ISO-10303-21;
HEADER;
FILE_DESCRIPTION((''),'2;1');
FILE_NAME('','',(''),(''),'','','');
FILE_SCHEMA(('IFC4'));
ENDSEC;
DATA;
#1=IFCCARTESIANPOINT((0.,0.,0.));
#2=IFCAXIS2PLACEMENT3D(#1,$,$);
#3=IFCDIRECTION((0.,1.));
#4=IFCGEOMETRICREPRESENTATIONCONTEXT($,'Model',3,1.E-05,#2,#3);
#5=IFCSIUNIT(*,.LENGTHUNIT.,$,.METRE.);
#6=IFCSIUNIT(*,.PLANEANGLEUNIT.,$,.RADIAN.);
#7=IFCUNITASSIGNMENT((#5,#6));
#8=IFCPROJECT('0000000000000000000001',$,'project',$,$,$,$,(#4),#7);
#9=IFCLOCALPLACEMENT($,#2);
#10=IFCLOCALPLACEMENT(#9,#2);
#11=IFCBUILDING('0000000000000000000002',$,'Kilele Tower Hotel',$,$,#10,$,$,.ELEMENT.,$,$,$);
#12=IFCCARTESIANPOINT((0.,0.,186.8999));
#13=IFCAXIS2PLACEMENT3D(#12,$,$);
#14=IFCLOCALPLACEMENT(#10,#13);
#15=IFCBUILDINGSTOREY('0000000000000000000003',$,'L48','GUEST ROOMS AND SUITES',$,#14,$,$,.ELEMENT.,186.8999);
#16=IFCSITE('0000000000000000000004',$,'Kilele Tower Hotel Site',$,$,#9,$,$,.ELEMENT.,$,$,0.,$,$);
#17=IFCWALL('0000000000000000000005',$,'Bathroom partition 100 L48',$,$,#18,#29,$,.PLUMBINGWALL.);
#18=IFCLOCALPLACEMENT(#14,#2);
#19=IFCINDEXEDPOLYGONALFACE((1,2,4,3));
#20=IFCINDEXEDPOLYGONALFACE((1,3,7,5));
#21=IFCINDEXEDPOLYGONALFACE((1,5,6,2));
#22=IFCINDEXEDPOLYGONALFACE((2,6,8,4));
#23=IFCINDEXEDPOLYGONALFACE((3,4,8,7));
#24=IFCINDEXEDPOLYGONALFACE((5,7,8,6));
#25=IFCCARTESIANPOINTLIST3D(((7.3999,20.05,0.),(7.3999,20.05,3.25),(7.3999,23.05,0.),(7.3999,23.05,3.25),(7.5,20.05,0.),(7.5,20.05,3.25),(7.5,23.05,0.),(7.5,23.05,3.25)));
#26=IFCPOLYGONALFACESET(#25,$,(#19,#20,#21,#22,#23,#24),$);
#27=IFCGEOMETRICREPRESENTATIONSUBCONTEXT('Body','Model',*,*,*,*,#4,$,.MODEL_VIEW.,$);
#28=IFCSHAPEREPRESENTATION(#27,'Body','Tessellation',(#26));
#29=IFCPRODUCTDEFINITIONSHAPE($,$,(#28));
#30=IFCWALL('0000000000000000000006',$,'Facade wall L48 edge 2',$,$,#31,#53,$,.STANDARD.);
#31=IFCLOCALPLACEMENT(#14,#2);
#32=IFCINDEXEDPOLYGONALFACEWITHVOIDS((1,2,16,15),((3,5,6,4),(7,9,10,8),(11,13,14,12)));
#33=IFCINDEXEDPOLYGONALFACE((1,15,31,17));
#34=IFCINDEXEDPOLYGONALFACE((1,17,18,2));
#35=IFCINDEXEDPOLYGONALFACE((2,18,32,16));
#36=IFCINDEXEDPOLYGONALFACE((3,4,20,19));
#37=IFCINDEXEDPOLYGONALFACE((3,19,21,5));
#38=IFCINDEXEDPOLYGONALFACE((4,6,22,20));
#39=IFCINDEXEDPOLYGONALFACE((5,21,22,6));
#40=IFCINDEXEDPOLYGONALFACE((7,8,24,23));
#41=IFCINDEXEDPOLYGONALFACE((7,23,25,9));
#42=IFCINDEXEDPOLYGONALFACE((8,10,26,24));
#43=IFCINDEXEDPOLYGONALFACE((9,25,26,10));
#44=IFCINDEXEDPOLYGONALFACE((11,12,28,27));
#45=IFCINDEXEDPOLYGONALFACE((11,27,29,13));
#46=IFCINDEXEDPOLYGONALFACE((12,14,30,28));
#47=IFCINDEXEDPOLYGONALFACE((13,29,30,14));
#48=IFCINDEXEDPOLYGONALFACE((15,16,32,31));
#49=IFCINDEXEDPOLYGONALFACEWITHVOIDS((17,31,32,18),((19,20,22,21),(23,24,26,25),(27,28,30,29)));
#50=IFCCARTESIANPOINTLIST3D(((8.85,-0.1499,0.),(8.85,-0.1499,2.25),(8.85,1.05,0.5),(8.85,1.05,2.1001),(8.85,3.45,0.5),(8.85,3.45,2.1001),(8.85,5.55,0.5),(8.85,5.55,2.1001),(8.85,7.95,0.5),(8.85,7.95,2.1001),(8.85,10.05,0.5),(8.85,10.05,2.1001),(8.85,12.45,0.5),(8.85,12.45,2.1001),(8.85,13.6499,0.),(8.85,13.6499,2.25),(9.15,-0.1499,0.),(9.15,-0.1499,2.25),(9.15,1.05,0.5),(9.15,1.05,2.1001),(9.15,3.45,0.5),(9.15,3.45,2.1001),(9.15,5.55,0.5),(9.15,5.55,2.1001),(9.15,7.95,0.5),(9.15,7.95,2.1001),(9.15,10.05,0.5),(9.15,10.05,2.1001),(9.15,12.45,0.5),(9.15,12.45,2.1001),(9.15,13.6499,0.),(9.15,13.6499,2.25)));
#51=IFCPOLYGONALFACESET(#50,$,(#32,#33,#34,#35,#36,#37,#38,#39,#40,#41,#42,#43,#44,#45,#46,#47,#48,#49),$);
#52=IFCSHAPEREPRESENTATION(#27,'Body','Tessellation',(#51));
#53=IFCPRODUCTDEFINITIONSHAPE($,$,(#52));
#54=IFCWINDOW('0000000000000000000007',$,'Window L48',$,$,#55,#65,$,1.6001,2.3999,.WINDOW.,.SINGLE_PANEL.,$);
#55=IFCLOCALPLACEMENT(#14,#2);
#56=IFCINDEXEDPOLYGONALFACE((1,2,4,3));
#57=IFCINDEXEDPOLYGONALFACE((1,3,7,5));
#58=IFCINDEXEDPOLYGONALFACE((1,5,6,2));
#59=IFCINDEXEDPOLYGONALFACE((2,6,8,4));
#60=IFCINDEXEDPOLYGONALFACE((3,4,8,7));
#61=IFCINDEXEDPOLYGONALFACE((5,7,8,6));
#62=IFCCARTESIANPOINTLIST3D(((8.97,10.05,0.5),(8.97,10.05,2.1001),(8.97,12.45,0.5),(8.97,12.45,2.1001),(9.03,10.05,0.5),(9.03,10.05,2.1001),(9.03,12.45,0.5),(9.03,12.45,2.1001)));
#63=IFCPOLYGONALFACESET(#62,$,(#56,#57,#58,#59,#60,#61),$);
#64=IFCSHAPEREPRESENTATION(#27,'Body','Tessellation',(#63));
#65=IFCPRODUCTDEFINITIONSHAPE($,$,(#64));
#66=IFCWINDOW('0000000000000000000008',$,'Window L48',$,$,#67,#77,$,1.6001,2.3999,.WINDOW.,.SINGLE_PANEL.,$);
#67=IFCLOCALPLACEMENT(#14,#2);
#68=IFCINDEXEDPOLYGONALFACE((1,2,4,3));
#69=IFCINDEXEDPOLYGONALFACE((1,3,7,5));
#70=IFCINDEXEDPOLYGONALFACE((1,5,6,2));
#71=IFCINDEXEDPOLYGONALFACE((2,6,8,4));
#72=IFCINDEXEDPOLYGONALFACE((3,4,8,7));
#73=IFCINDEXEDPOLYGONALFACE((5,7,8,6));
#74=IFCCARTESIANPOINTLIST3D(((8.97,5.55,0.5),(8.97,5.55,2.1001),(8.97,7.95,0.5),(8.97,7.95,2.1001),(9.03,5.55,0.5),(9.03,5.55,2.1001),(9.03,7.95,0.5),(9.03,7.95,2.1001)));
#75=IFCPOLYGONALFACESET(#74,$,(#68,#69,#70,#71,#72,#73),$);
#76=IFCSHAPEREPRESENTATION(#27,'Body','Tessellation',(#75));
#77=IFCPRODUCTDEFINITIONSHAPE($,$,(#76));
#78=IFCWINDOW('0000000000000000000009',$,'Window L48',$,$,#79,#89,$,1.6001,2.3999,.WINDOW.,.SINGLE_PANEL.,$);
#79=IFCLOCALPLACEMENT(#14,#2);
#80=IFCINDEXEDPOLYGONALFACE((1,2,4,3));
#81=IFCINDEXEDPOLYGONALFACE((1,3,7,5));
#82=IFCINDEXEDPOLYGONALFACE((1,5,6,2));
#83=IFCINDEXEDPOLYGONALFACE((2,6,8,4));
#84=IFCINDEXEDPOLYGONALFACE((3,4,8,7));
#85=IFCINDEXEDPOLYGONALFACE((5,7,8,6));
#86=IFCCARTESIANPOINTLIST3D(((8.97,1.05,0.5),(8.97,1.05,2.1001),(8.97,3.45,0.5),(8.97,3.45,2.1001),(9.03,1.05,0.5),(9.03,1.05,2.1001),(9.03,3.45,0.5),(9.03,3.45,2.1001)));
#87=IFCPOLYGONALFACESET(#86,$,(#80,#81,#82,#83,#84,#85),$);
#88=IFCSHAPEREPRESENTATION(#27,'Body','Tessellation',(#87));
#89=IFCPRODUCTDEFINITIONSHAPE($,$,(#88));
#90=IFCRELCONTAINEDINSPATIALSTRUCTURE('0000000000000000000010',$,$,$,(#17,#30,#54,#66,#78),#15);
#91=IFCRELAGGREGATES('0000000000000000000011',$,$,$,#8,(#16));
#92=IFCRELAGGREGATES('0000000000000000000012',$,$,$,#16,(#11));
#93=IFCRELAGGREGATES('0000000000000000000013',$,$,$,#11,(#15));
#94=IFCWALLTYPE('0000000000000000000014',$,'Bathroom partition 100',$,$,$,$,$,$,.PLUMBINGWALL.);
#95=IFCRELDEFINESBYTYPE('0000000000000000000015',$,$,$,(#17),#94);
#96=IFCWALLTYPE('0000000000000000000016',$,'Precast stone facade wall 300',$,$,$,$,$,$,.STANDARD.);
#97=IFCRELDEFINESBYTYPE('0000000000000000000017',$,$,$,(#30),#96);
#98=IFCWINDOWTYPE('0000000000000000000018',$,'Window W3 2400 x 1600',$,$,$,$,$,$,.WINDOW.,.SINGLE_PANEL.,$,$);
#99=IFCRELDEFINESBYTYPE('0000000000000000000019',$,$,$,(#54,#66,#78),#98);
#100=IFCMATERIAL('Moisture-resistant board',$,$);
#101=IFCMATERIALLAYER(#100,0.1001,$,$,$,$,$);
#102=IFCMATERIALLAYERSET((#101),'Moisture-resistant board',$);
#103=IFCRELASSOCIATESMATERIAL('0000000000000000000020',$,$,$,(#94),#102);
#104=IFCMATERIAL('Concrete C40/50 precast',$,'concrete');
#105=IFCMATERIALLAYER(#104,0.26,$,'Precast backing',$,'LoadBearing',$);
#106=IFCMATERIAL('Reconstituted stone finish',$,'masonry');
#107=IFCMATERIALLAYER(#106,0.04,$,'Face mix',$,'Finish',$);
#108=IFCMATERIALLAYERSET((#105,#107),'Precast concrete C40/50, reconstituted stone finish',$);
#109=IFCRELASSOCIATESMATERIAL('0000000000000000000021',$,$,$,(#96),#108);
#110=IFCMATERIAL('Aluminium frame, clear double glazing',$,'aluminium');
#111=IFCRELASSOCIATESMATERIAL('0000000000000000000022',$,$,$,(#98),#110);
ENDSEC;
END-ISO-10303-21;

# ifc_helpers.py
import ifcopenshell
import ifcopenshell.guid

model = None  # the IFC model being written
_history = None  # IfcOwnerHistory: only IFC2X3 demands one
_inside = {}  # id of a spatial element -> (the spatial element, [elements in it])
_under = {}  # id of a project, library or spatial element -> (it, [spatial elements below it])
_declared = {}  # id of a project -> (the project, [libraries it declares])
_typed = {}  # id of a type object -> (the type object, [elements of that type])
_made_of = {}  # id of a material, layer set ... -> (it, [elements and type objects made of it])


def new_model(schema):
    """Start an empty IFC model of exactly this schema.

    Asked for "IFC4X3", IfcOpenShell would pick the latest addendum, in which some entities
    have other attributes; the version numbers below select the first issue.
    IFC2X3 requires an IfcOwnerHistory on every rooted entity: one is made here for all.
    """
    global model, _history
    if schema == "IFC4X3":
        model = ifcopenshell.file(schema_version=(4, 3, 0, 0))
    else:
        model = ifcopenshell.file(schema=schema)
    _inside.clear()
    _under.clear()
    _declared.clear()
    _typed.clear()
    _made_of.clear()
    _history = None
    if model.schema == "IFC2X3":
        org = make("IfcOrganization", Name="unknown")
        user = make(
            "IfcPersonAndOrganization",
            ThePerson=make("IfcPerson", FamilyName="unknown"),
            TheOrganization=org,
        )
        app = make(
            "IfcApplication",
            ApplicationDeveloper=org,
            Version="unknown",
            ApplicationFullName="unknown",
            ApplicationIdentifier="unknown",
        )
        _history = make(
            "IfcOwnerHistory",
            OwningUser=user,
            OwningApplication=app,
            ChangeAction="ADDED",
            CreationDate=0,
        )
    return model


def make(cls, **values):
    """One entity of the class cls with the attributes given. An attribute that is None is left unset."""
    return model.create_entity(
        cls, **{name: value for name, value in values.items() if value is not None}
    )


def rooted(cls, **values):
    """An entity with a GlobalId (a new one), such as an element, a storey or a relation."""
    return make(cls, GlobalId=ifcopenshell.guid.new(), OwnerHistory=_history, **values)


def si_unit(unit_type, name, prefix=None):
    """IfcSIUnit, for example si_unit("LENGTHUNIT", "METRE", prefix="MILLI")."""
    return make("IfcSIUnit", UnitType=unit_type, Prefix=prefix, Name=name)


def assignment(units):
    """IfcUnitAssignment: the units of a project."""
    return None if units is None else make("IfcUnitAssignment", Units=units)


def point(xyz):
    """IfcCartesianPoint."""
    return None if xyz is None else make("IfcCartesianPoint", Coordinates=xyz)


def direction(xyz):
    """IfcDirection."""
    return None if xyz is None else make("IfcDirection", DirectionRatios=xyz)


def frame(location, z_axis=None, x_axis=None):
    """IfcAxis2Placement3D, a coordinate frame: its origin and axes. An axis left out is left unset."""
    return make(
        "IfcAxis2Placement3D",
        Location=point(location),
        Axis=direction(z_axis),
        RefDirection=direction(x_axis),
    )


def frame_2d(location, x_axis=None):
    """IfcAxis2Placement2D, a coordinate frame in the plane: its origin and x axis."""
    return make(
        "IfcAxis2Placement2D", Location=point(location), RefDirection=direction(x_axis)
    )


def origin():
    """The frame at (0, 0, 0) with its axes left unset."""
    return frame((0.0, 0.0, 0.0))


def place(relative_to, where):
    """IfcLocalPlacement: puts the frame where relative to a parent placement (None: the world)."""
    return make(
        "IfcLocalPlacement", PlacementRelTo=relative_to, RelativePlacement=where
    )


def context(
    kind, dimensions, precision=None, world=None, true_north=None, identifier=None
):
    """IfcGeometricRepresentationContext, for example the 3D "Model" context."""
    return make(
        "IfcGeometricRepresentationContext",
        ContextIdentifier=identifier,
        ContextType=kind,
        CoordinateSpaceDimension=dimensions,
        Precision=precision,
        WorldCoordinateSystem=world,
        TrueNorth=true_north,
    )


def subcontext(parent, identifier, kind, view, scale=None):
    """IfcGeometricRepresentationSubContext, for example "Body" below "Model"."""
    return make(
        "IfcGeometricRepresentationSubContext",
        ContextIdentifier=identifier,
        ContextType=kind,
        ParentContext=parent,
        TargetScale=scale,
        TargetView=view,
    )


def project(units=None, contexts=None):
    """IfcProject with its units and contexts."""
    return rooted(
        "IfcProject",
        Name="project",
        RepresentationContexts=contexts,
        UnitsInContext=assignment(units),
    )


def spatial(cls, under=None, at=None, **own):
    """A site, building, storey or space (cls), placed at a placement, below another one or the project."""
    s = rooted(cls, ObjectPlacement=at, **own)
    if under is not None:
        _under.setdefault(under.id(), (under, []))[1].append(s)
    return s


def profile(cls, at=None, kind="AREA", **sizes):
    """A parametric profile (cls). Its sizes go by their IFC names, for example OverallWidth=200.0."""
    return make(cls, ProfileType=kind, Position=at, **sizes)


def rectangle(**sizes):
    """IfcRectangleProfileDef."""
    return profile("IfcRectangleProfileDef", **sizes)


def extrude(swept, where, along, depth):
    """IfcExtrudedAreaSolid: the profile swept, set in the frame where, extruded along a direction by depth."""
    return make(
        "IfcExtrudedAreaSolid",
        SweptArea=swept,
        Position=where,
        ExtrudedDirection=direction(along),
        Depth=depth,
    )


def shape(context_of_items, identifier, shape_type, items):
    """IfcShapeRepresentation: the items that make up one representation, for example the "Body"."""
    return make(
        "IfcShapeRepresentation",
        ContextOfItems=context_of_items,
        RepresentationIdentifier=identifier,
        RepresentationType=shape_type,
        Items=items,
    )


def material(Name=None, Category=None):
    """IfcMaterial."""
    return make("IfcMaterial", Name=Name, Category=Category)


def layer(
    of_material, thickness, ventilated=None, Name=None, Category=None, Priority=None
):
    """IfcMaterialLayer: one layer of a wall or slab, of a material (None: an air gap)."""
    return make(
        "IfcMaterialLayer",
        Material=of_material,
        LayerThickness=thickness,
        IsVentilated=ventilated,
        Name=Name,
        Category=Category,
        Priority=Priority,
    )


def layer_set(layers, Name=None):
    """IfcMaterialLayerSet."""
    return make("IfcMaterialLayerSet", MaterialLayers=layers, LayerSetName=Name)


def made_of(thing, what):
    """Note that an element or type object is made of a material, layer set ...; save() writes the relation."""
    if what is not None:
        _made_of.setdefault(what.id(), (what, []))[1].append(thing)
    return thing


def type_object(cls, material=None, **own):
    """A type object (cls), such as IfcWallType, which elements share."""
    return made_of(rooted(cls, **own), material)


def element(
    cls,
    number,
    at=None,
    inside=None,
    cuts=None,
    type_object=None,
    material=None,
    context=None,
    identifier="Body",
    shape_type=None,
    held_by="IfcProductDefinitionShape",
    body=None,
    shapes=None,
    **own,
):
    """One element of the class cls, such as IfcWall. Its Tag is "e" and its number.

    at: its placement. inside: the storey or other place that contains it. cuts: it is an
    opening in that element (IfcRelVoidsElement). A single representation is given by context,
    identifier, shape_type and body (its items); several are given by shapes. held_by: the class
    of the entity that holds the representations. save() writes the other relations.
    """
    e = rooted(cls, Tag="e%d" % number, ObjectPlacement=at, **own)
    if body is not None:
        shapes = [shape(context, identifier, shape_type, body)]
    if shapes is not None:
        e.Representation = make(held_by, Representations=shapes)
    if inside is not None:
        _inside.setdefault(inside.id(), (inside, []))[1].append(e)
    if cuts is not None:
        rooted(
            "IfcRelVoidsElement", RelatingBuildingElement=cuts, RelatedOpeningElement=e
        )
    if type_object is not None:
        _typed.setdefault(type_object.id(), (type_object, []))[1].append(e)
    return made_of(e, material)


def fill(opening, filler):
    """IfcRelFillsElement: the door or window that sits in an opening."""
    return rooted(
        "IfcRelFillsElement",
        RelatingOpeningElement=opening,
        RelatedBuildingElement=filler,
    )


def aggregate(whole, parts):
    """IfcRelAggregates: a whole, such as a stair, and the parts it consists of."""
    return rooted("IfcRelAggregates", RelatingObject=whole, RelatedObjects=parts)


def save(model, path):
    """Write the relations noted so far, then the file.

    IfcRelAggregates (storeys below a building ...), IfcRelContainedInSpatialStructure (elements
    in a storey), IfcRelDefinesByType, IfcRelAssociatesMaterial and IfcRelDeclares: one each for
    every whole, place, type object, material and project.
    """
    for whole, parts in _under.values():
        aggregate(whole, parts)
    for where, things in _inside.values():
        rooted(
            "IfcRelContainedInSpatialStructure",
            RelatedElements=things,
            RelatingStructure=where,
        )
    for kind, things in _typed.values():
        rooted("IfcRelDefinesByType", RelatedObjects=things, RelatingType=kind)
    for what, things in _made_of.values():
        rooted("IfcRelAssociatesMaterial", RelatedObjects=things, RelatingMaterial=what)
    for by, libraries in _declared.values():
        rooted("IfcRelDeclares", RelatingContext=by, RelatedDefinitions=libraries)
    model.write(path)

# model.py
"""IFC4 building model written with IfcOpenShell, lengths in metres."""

from ifc_helpers import new_model, si_unit, direction, frame, frame_2d, origin, place, context, subcontext, project, spatial, rectangle, extrude, material, layer, layer_set, type_object, element, fill, save


model = new_model("IFC4")

# Units and contexts
model_context = context("Model", 3, precision=1e-05, world=origin(), true_north=direction((0.0, 1.0)))
body_context = subcontext(model_context, "Body", "Model", "MODEL_VIEW")
ifc_project = project(units=[si_unit("LENGTHUNIT", "METRE"), si_unit("PLANEANGLEUNIT", "RADIAN")], contexts=[model_context])

# Site, building, storey
site_placement = place(None, origin())
site = spatial("IfcSite", under=ifc_project, at=site_placement, Name="Kilele Tower Hotel Site", CompositionType="ELEMENT", RefElevation=0.0)
building_placement = place(site_placement, origin())
building = spatial("IfcBuilding", under=site, at=building_placement, Name="Kilele Tower Hotel", CompositionType="ELEMENT")
storey_placement = place(building_placement, frame((0.0, 0.0, 186.8999)))
storey = spatial("IfcBuildingStorey", under=building, at=storey_placement, Name="L48", Description="GUEST ROOMS AND SUITES", CompositionType="ELEMENT", Elevation=186.8999)

# Shared definitions
ifc_material_1 = material(Name="Moisture-resistant board")
ifc_layer_1 = layer(ifc_material_1, 0.1001)
ifc_layer_set_1 = layer_set([ifc_layer_1], Name="Moisture-resistant board")
wall_type_1 = type_object("IfcWallType", Name="Bathroom partition 100", PredefinedType="PLUMBINGWALL", material=ifc_layer_set_1)

# Wall
wall_1_placement = place(storey_placement, frame((7.45, 20.05, 0.0), z_axis=(0.0, 0.0, 1.0), x_axis=(0.0, 1.0, 0.0)))
element("IfcWall", 1, at=wall_1_placement, inside=storey, type_object=wall_type_1, Name="Bathroom partition 100 L48", PredefinedType="PLUMBINGWALL", context=body_context, shape_type="SweptSolid", body=[
    extrude(rectangle(XDim=3.0, YDim=0.1001, at=frame_2d((1.5, 0.0))), origin(), (0.0, 0.0, 1.0), 3.25),
])

# Wall, openings, windows
ifc_material_2 = material(Name="Concrete C40/50 precast", Category="concrete")
ifc_layer_2 = layer(ifc_material_2, 0.26, Name="Precast backing", Category="LoadBearing")
ifc_material_3 = material(Name="Reconstituted stone finish", Category="masonry")
ifc_layer_3 = layer(ifc_material_3, 0.04, Name="Face mix", Category="Finish")
ifc_layer_set_2 = layer_set([ifc_layer_2, ifc_layer_3], Name="Precast concrete C40/50, reconstituted stone finish")
wall_type_2 = type_object("IfcWallType", Name="Precast stone facade wall 300", PredefinedType="STANDARD", material=ifc_layer_set_2)
wall_2_placement = place(storey_placement, frame((9.0, 13.6499, 0.0), z_axis=(0.0, 0.0, 1.0), x_axis=(0.0, -1.0, 0.0)))
wall_2 = element("IfcWall", 2, at=wall_2_placement, inside=storey, type_object=wall_type_2, Name="Facade wall L48 edge 2", PredefinedType="STANDARD", context=body_context, shape_type="SweptSolid", body=[
    extrude(rectangle(XDim=13.7998, YDim=0.3, at=frame_2d((6.8999, 0.0))), origin(), (0.0, 0.0, 1.0), 2.25),
])
opening_1_placement = place(wall_2_placement, frame((1.2, 0.0, 0.5)))
opening_1 = element("IfcOpeningElement", 3, at=opening_1_placement, cuts=wall_2, PredefinedType="OPENING", context=body_context, shape_type="SweptSolid", body=[
    extrude(rectangle(XDim=2.3999, YDim=1.6001, at=frame_2d((1.2, 0.8))), frame((0.0, 0.1599, 0.0), z_axis=(0.0, -1.0, 0.0), x_axis=(1.0, 0.0, 0.0)), (0.0, 0.0, 1.0), 0.3201),
])
opening_2_placement = place(wall_2_placement, frame((5.7, 0.0, 0.5)))
opening_2 = element("IfcOpeningElement", 4, at=opening_2_placement, cuts=wall_2, PredefinedType="OPENING", context=body_context, shape_type="SweptSolid", body=[
    extrude(rectangle(XDim=2.3999, YDim=1.6001, at=frame_2d((1.2, 0.8))), frame((0.0, 0.1599, 0.0), z_axis=(0.0, -1.0, 0.0), x_axis=(1.0, 0.0, 0.0)), (0.0, 0.0, 1.0), 0.3201),
])
opening_3_placement = place(wall_2_placement, frame((10.2, 0.0, 0.5)))
opening_3 = element("IfcOpeningElement", 5, at=opening_3_placement, cuts=wall_2, PredefinedType="OPENING", context=body_context, shape_type="SweptSolid", body=[
    extrude(rectangle(XDim=2.3999, YDim=1.6001, at=frame_2d((1.2, 0.8))), frame((0.0, 0.1599, 0.0), z_axis=(0.0, -1.0, 0.0), x_axis=(1.0, 0.0, 0.0)), (0.0, 0.0, 1.0), 0.3201),
])
ifc_material_4 = material(Name="Aluminium frame, clear double glazing", Category="aluminium")
window_type = type_object("IfcWindowType", Name="Window W3 2400 x 1600", PartitioningType="SINGLE_PANEL", PredefinedType="WINDOW", material=ifc_material_4)
window_1_placement = place(opening_1_placement, origin())
window_1 = element("IfcWindow", 6, at=window_1_placement, inside=storey, type_object=window_type, Name="Window L48", OverallHeight=1.6001, OverallWidth=2.3999, PartitioningType="SINGLE_PANEL", PredefinedType="WINDOW", context=body_context, shape_type="SweptSolid", body=[
    extrude(rectangle(XDim=2.3999, YDim=1.6001, at=frame_2d((1.2, 0.8))), frame((0.0, 0.03, 0.0), z_axis=(0.0, -1.0, 0.0), x_axis=(1.0, 0.0, 0.0)), (0.0, 0.0, 1.0), 0.0601),
])
fill(opening_1, window_1)
window_2_placement = place(opening_2_placement, origin())
window_2 = element("IfcWindow", 7, at=window_2_placement, inside=storey, type_object=window_type, Name="Window L48", OverallHeight=1.6001, OverallWidth=2.3999, PartitioningType="SINGLE_PANEL", PredefinedType="WINDOW", context=body_context, shape_type="SweptSolid", body=[
    extrude(rectangle(XDim=2.3999, YDim=1.6001, at=frame_2d((1.2, 0.8))), frame((0.0, 0.03, 0.0), z_axis=(0.0, -1.0, 0.0), x_axis=(1.0, 0.0, 0.0)), (0.0, 0.0, 1.0), 0.0601),
])
fill(opening_2, window_2)
window_3_placement = place(opening_3_placement, origin())
window_3 = element("IfcWindow", 8, at=window_3_placement, inside=storey, type_object=window_type, Name="Window L48", OverallHeight=1.6001, OverallWidth=2.3999, PartitioningType="SINGLE_PANEL", PredefinedType="WINDOW", context=body_context, shape_type="SweptSolid", body=[
    extrude(rectangle(XDim=2.3999, YDim=1.6001, at=frame_2d((1.2, 0.8))), frame((0.0, 0.03, 0.0), z_axis=(0.0, -1.0, 0.0), x_axis=(1.0, 0.0, 0.0)), (0.0, 0.0, 1.0), 0.0601),
])
fill(opening_3, window_3)

save(model, "model.ifc")
